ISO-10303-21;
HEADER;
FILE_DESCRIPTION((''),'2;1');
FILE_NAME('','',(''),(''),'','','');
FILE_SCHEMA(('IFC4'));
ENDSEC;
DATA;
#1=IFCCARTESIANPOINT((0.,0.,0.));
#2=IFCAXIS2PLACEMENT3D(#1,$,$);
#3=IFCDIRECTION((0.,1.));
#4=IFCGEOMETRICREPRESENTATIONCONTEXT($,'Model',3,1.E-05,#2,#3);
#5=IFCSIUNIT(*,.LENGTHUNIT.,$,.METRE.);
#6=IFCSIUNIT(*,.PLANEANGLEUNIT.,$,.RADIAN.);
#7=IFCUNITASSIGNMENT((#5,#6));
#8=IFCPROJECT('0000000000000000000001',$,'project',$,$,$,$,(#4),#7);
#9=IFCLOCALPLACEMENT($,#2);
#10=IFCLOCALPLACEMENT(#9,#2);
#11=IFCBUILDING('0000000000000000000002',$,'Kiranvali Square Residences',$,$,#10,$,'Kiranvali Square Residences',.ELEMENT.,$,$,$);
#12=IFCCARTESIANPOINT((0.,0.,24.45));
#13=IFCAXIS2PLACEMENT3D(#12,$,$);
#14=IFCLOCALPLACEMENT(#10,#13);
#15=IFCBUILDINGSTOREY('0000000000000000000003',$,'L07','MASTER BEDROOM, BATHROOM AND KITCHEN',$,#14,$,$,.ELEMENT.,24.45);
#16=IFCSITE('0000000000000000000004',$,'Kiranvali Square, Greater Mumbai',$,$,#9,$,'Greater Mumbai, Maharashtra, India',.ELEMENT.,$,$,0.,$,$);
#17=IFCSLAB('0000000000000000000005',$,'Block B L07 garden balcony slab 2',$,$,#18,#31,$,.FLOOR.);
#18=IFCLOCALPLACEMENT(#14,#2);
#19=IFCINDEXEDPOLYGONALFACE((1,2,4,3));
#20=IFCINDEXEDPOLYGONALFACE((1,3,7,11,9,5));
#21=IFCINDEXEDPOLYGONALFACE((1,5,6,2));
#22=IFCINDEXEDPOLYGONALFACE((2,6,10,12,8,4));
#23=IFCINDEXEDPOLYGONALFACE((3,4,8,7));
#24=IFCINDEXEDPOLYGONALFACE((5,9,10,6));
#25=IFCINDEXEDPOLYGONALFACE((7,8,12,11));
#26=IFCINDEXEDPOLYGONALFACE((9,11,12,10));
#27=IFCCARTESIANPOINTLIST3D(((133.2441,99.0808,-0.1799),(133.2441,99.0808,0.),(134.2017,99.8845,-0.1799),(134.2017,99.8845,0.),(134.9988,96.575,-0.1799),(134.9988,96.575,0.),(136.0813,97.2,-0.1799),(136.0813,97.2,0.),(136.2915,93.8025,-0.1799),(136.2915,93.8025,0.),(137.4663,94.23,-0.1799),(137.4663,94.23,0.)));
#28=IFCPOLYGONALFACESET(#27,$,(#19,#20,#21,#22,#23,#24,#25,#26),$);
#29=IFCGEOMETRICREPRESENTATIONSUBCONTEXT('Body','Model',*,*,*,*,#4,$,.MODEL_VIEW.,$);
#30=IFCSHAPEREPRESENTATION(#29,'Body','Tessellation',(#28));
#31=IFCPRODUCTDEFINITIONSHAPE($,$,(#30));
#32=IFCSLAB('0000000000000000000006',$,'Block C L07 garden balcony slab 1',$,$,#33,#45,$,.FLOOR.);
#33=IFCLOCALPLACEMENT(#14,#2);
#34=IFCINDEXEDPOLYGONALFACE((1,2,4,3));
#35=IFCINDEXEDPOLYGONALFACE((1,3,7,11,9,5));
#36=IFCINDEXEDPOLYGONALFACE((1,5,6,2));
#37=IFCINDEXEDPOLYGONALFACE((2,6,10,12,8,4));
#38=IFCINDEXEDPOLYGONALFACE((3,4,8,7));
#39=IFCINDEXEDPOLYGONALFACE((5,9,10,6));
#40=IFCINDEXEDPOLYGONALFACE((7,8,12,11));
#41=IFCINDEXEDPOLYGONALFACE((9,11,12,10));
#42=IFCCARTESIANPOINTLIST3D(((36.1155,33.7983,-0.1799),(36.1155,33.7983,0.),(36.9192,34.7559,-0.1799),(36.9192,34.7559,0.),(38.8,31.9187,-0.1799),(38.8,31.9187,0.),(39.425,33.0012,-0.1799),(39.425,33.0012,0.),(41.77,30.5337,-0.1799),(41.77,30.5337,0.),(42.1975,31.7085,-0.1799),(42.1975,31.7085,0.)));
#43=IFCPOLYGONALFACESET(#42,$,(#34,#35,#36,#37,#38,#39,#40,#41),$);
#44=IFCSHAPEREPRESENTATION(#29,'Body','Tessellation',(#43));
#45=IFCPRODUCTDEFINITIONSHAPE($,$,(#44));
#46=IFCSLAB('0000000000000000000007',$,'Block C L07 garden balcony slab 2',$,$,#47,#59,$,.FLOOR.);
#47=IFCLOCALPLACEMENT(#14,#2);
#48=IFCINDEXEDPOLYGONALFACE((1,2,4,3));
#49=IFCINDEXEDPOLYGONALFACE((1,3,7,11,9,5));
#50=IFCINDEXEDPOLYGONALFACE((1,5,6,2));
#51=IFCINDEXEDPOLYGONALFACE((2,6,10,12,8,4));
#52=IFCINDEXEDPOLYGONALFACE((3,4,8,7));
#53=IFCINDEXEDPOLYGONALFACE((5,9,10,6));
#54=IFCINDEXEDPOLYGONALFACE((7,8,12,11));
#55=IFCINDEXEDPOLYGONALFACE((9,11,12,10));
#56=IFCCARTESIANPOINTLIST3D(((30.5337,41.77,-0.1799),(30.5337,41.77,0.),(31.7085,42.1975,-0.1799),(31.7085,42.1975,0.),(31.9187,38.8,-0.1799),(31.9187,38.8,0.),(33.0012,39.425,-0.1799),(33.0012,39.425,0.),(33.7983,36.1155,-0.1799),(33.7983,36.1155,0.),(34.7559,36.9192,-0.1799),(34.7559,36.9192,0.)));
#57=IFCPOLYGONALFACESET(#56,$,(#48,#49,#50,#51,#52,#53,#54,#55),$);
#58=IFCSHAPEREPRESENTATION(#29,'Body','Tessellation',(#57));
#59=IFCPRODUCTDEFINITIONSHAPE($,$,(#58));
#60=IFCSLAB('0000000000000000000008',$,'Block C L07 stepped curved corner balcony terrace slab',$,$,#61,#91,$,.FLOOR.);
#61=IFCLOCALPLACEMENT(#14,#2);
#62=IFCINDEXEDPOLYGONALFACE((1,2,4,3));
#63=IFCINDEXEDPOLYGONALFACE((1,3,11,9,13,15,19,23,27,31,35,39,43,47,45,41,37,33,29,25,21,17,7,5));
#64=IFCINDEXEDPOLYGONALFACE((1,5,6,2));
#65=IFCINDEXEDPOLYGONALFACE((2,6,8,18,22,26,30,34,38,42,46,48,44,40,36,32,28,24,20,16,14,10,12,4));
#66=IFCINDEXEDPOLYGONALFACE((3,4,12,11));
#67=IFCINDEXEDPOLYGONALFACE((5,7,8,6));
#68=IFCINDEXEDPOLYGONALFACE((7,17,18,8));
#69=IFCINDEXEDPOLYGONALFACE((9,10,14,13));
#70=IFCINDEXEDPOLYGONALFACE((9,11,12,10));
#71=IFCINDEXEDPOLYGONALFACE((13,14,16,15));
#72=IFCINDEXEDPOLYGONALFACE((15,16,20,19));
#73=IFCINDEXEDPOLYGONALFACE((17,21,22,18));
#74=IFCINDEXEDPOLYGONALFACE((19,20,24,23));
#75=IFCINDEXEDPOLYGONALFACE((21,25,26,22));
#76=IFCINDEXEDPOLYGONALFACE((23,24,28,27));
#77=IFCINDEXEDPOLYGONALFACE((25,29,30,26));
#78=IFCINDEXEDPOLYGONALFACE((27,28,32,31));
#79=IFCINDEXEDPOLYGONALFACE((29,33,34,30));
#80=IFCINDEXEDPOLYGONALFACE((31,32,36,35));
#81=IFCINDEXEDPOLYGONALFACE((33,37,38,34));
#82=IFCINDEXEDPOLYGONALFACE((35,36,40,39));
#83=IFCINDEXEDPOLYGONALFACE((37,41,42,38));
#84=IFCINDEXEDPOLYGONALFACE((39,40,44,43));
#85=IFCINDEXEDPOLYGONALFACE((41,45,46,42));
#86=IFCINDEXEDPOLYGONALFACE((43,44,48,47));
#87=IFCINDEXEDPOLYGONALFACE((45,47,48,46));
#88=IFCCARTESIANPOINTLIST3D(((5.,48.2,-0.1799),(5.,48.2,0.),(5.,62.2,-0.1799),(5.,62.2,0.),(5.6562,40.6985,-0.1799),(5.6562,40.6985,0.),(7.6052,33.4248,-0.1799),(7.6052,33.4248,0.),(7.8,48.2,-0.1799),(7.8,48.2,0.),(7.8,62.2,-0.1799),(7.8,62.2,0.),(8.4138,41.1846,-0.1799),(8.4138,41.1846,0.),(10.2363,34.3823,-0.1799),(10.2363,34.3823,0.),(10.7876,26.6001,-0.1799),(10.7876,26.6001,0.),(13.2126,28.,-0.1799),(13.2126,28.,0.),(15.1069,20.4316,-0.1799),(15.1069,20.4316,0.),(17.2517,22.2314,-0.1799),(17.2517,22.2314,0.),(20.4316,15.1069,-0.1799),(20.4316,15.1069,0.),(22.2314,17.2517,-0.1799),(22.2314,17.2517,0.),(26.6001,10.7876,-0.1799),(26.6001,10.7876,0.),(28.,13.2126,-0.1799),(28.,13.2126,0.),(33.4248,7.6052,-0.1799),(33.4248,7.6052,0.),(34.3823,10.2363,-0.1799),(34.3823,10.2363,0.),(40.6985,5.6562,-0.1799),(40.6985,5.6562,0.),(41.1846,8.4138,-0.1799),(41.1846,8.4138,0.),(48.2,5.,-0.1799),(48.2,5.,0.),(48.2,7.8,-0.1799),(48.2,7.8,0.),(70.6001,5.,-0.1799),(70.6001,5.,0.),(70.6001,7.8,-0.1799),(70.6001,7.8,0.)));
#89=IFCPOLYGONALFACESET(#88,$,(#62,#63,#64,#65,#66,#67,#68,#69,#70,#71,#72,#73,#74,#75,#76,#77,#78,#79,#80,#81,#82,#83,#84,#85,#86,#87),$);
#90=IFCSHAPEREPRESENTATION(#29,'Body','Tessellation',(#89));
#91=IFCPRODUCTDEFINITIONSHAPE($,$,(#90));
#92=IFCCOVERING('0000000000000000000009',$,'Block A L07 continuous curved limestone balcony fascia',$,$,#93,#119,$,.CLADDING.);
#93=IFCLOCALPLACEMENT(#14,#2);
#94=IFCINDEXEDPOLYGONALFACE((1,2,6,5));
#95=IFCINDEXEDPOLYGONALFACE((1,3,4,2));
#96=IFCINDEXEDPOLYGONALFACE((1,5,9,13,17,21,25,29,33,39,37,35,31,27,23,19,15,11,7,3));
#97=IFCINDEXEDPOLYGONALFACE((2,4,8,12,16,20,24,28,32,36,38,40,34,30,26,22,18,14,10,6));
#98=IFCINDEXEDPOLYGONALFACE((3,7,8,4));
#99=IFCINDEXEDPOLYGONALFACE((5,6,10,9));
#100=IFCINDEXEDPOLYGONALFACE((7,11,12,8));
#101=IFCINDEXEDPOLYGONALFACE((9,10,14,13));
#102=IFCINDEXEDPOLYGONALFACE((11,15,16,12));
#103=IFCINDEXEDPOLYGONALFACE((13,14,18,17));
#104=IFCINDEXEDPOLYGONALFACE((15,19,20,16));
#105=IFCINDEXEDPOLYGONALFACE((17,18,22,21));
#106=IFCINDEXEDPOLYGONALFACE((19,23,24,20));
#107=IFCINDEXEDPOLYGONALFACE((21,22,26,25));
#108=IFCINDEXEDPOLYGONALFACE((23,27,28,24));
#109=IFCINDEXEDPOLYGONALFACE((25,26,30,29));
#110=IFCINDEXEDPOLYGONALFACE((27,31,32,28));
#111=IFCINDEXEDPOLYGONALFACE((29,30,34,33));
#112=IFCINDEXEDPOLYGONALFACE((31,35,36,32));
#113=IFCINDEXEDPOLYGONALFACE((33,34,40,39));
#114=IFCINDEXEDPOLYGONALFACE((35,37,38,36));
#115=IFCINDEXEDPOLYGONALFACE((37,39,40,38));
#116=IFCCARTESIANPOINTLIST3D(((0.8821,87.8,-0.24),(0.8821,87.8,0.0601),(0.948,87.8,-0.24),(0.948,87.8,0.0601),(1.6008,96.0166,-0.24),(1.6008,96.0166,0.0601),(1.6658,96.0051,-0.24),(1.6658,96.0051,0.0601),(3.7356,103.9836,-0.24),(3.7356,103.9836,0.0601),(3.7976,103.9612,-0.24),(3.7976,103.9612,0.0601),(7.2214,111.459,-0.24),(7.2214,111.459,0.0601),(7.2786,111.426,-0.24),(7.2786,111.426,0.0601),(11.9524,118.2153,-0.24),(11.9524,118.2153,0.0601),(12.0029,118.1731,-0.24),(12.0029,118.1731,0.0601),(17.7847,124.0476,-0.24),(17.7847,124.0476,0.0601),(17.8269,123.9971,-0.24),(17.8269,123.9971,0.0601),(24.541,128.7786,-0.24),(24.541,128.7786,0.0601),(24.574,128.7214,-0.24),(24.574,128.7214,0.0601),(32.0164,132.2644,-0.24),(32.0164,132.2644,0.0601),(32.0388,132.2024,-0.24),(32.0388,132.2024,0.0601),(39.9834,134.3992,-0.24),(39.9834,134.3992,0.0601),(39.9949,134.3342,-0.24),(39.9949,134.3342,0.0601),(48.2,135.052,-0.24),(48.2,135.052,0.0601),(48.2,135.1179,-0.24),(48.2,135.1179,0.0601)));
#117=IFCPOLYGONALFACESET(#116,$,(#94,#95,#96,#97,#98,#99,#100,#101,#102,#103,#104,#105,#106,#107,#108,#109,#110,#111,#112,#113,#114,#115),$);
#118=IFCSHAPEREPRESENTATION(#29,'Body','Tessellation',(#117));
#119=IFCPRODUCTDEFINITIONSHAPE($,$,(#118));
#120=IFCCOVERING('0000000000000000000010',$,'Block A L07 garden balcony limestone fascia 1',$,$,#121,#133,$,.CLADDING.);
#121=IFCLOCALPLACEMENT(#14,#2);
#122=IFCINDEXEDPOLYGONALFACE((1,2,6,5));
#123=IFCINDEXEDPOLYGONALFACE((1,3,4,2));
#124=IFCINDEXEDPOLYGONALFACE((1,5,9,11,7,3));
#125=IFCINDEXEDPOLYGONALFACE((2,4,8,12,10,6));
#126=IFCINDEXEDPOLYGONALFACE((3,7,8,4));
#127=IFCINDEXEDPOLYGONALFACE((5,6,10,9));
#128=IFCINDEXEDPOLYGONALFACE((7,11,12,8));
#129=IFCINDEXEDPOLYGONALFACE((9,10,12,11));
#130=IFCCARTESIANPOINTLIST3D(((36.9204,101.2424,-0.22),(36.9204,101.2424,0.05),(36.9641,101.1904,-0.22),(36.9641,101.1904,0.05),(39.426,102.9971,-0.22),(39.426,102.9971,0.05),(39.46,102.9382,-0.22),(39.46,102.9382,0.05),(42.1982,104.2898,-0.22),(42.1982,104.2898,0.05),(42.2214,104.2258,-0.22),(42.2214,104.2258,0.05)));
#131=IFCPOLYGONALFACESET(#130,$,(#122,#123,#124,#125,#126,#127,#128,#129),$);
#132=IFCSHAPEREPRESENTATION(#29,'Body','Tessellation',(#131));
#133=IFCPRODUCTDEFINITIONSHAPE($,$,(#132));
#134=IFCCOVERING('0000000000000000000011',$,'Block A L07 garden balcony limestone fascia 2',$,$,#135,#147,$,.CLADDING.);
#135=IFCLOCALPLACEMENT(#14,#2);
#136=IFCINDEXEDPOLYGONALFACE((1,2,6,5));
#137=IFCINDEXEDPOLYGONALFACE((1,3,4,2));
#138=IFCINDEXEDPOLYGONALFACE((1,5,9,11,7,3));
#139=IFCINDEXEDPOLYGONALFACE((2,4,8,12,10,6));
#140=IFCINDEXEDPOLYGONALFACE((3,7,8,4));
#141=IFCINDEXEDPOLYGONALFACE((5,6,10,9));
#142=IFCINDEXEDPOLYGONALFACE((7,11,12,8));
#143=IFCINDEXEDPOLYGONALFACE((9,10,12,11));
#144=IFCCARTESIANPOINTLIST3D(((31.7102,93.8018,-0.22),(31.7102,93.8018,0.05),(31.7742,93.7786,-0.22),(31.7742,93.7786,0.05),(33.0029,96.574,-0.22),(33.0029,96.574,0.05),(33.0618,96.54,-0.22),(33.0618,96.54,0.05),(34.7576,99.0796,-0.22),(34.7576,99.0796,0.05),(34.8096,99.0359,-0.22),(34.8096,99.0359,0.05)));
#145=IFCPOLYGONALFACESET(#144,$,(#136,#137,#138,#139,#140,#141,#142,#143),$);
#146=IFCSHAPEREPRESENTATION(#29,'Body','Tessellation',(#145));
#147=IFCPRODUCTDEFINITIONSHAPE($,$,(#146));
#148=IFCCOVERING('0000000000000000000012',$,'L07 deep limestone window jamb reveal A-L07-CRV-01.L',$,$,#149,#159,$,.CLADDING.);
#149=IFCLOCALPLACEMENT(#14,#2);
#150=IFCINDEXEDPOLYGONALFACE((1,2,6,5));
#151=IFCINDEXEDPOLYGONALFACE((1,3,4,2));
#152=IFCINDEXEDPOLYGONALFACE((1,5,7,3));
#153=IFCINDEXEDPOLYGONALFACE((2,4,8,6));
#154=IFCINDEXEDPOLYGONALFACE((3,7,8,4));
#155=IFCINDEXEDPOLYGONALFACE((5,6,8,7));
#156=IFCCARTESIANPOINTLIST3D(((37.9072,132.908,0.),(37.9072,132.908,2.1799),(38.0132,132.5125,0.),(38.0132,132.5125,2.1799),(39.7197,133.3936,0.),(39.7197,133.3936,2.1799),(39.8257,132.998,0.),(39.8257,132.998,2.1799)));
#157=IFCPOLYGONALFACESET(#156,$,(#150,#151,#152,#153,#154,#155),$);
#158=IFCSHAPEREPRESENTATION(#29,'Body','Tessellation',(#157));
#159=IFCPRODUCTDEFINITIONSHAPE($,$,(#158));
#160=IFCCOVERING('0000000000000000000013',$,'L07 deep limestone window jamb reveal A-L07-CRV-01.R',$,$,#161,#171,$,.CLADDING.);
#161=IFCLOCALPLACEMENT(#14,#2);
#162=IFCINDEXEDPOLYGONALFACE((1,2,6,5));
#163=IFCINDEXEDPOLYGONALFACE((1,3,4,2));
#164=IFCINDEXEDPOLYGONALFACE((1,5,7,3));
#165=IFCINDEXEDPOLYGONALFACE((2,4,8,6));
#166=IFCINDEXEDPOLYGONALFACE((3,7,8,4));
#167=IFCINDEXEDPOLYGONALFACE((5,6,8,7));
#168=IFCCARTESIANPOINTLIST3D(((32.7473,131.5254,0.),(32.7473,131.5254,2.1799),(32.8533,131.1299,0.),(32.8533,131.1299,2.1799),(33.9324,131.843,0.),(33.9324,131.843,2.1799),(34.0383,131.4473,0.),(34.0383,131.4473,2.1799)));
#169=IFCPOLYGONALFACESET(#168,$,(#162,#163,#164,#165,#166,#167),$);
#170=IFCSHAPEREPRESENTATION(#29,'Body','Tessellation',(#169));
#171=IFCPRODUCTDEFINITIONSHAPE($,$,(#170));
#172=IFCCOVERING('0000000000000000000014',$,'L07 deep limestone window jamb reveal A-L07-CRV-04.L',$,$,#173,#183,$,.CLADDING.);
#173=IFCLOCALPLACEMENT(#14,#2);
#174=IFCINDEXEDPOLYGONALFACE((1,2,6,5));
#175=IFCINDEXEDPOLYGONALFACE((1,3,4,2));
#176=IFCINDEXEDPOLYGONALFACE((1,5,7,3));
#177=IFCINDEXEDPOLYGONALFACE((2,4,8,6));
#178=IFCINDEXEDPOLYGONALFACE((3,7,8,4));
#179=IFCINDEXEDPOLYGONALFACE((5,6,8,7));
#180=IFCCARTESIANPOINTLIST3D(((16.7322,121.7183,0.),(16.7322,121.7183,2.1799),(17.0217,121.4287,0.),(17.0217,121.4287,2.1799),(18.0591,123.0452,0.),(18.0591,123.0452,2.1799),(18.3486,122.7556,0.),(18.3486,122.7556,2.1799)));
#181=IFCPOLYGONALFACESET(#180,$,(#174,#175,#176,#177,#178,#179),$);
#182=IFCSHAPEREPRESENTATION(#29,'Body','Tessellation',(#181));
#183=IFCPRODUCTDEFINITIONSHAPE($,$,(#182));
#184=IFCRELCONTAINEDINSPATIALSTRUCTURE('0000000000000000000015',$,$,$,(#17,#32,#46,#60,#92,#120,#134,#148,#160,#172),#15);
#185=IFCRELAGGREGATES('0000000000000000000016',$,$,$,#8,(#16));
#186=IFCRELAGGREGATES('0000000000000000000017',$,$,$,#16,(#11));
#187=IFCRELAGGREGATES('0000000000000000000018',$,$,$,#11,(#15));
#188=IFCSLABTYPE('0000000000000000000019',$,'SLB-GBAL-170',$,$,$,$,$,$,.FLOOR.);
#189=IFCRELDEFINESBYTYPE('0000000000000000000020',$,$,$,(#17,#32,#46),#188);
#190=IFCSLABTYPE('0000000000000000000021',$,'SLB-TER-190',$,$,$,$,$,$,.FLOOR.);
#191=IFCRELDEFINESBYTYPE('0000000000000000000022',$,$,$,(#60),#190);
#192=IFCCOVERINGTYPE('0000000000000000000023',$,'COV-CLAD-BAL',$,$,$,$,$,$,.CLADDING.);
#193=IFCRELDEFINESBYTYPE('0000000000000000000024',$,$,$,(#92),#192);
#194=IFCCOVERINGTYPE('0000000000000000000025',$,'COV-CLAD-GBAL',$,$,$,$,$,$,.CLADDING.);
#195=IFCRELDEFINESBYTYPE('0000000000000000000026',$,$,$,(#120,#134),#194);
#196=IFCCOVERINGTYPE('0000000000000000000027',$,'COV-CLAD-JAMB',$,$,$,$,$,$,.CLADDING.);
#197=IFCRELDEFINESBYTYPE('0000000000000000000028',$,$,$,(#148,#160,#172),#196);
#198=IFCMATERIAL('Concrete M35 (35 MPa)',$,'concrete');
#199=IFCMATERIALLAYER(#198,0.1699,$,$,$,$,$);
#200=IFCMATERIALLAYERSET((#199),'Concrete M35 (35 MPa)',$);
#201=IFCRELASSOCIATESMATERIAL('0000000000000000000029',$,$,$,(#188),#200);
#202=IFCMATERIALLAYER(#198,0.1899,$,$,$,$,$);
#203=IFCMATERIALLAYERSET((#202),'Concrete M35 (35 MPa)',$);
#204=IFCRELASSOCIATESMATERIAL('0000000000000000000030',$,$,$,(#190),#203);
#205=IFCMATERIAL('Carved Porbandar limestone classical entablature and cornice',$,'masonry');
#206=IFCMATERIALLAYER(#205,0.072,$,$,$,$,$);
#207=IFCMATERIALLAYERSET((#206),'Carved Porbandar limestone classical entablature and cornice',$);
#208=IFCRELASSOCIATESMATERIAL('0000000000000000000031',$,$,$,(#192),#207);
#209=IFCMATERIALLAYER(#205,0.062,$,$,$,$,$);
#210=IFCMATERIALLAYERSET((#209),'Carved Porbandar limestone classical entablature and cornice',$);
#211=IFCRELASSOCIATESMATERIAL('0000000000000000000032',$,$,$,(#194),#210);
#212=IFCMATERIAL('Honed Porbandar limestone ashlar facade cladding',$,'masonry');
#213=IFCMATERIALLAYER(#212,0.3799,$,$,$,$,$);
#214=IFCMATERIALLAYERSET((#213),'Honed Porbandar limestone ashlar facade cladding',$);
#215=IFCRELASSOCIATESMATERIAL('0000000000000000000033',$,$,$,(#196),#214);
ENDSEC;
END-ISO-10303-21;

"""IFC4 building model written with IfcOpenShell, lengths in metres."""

from ifc_helpers import new_model, si_unit, direction, frame, origin, place, context, subcontext, project, spatial, polyline, outline, extrude, material, layer, layer_set, type_object, element, save


model = new_model("IFC4")

# Units and contexts
model_context = context("Model", 3, precision=1e-05, world=origin(), true_north=direction((0.0, 1.0)))
body_context = subcontext(model_context, "Body", "Model", "MODEL_VIEW")
ifc_project = project(units=[si_unit("LENGTHUNIT", "METRE"), si_unit("PLANEANGLEUNIT", "RADIAN")], contexts=[model_context])

# Site, building, storey
site_placement = place(None, origin())
site = spatial("IfcSite", under=ifc_project, at=site_placement, Name="Kiranvali Square, Greater Mumbai", LongName="Greater Mumbai, Maharashtra, India", CompositionType="ELEMENT", RefElevation=0.0)
building_placement = place(site_placement, origin())
building = spatial("IfcBuilding", under=site, at=building_placement, Name="Kiranvali Square Residences", LongName="Kiranvali Square Residences", CompositionType="ELEMENT")
storey_placement = place(building_placement, frame((0.0, 0.0, 24.45)))
storey = spatial("IfcBuildingStorey", under=building, at=storey_placement, Name="L07", Description="MASTER BEDROOM, BATHROOM AND KITCHEN", CompositionType="ELEMENT", Elevation=24.45)

# Slabs
ifc_material_1 = material(Name="Concrete M35 (35 MPa)", Category="concrete")
ifc_layer_1 = layer(ifc_material_1, 0.1699)
ifc_layer_set_1 = layer_set([ifc_layer_1], Name="Concrete M35 (35 MPa)")
slab_type_1 = type_object("IfcSlabType", Name="SLB-GBAL-170", PredefinedType="FLOOR", material=ifc_layer_set_1)
slab_1_placement = place(storey_placement, frame((0.0, 0.0, -0.1799)))
element("IfcSlab", 1, at=slab_1_placement, inside=storey, type_object=slab_type_1, Name="Block B L07 garden balcony slab 2", PredefinedType="FLOOR", context=body_context, shape_type="SweptSolid", body=[
    extrude(outline(polyline([(133.2441, 99.0808), (134.9988, 96.575), (136.2915, 93.8025), (137.4663, 94.23), (136.0813, 97.2), (134.2017, 99.8845), (133.2441, 99.0808)])), origin(), (0.0, 0.0, 1.0), 0.1799),
])
slab_2_placement = place(storey_placement, frame((0.0, 0.0, -0.1799)))
element("IfcSlab", 2, at=slab_2_placement, inside=storey, type_object=slab_type_1, Name="Block C L07 garden balcony slab 1", PredefinedType="FLOOR", context=body_context, shape_type="SweptSolid", body=[
    extrude(outline(polyline([(42.1975, 31.7085), (39.425, 33.0012), (36.9192, 34.7559), (36.1155, 33.7983), (38.8, 31.9187), (41.77, 30.5337), (42.1975, 31.7085)])), origin(), (0.0, 0.0, 1.0), 0.1799),
])
slab_3_placement = place(storey_placement, frame((0.0, 0.0, -0.1799)))
element("IfcSlab", 3, at=slab_3_placement, inside=storey, type_object=slab_type_1, Name="Block C L07 garden balcony slab 2", PredefinedType="FLOOR", context=body_context, shape_type="SweptSolid", body=[
    extrude(outline(polyline([(34.7559, 36.9192), (33.0012, 39.425), (31.7085, 42.1975), (30.5337, 41.77), (31.9187, 38.8), (33.7983, 36.1155), (34.7559, 36.9192)])), origin(), (0.0, 0.0, 1.0), 0.1799),
])
ifc_layer_2 = layer(ifc_material_1, 0.1899)
ifc_layer_set_2 = layer_set([ifc_layer_2], Name="Concrete M35 (35 MPa)")
slab_type_2 = type_object("IfcSlabType", Name="SLB-TER-190", PredefinedType="FLOOR", material=ifc_layer_set_2)
slab_4_placement = place(storey_placement, frame((0.0, 0.0, -0.1799)))
element("IfcSlab", 4, at=slab_4_placement, inside=storey, type_object=slab_type_2, Name="Block C L07 stepped curved corner balcony terrace slab", PredefinedType="FLOOR", context=body_context, shape_type="SweptSolid", body=[
    extrude(outline(polyline([(70.6001, 7.8), (48.2, 7.8), (41.1846, 8.4138), (34.3823, 10.2363), (28.0, 13.2126), (22.2314, 17.2517), (17.2517, 22.2314), (13.2126, 28.0), (10.2363, 34.3823), (8.4138, 41.1846), (7.8, 48.2), (7.8, 62.2), (5.0, 62.2), (5.0, 48.2), (5.6562, 40.6985), (7.6052, 33.4248), (10.7876, 26.6001), (15.1069, 20.4316), (20.4316, 15.1069), (26.6001, 10.7876), (33.4248, 7.6052), (40.6985, 5.6562), (48.2, 5.0), (70.6001, 5.0), (70.6001, 7.8)])), origin(), (0.0, 0.0, 1.0), 0.1799),
])

# Coverings
ifc_material_2 = material(Name="Carved Porbandar limestone classical entablature and cornice", Category="masonry")
ifc_layer_3 = layer(ifc_material_2, 0.072)
ifc_layer_set_3 = layer_set([ifc_layer_3], Name="Carved Porbandar limestone classical entablature and cornice")
covering_type_1 = type_object("IfcCoveringType", Name="COV-CLAD-BAL", PredefinedType="CLADDING", material=ifc_layer_set_3)
covering_1_placement = place(storey_placement, frame((0.0, 0.0, -0.24)))
element("IfcCovering", 5, at=covering_1_placement, inside=storey, type_object=covering_type_1, Name="Block A L07 continuous curved limestone balcony fascia", PredefinedType="CLADDING", context=body_context, shape_type="SweptSolid", body=[
    extrude(outline(polyline([(48.2, 135.1179), (39.9834, 134.3992), (32.0164, 132.2644), (24.541, 128.7786), (17.7847, 124.0476), (11.9524, 118.2153), (7.2214, 111.459), (3.7356, 103.9836), (1.6008, 96.0166), (0.8821, 87.8), (0.948, 87.8), (1.6658, 96.0051), (3.7976, 103.9612), (7.2786, 111.426), (12.0029, 118.1731), (17.8269, 123.9971), (24.574, 128.7214), (32.0388, 132.2024), (39.9949, 134.3342), (48.2, 135.052), (48.2, 135.1179)])), origin(), (0.0, 0.0, 1.0), 0.3),
])
ifc_layer_4 = layer(ifc_material_2, 0.062)
ifc_layer_set_4 = layer_set([ifc_layer_4], Name="Carved Porbandar limestone classical entablature and cornice")
covering_type_2 = type_object("IfcCoveringType", Name="COV-CLAD-GBAL", PredefinedType="CLADDING", material=ifc_layer_set_4)
covering_2_placement = place(storey_placement, frame((0.0, 0.0, -0.22)))
element("IfcCovering", 6, at=covering_2_placement, inside=storey, type_object=covering_type_2, Name="Block A L07 garden balcony limestone fascia 1", PredefinedType="CLADDING", context=body_context, shape_type="SweptSolid", body=[
    extrude(outline(polyline([(42.1982, 104.2898), (39.426, 102.9971), (36.9204, 101.2424), (36.9641, 101.1904), (39.46, 102.9382), (42.2214, 104.2258), (42.1982, 104.2898)])), origin(), (0.0, 0.0, 1.0), 0.27),
])
covering_3_placement = place(storey_placement, frame((0.0, 0.0, -0.22)))
element("IfcCovering", 7, at=covering_3_placement, inside=storey, type_object=covering_type_2, Name="Block A L07 garden balcony limestone fascia 2", PredefinedType="CLADDING", context=body_context, shape_type="SweptSolid", body=[
    extrude(outline(polyline([(34.7576, 99.0796), (33.0029, 96.574), (31.7102, 93.8018), (31.7742, 93.7786), (33.0618, 96.54), (34.8096, 99.0359), (34.7576, 99.0796)])), origin(), (0.0, 0.0, 1.0), 0.27),
])
ifc_material_3 = material(Name="Honed Porbandar limestone ashlar facade cladding", Category="masonry")
ifc_layer_5 = layer(ifc_material_3, 0.3799)
ifc_layer_set_5 = layer_set([ifc_layer_5], Name="Honed Porbandar limestone ashlar facade cladding")
covering_type_3 = type_object("IfcCoveringType", Name="COV-CLAD-JAMB", PredefinedType="CLADDING", material=ifc_layer_set_5)
covering_4_placement = place(storey_placement, origin())
element("IfcCovering", 8, at=covering_4_placement, inside=storey, type_object=covering_type_3, Name="L07 deep limestone window jamb reveal A-L07-CRV-01.L", PredefinedType="CLADDING", context=body_context, shape_type="SweptSolid", body=[
    extrude(outline(polyline([(39.7197, 133.3936), (37.9072, 132.908), (38.0132, 132.5125), (39.8257, 132.998), (39.7197, 133.3936)])), origin(), (0.0, 0.0, 1.0), 2.1799),
])
covering_5_placement = place(storey_placement, origin())
element("IfcCovering", 9, at=covering_5_placement, inside=storey, type_object=covering_type_3, Name="L07 deep limestone window jamb reveal A-L07-CRV-01.R", PredefinedType="CLADDING", context=body_context, shape_type="SweptSolid", body=[
    extrude(outline(polyline([(33.9324, 131.843), (32.7473, 131.5254), (32.8533, 131.1299), (34.0383, 131.4473), (33.9324, 131.843)])), origin(), (0.0, 0.0, 1.0), 2.1799),
])
covering_6_placement = place(storey_placement, origin())
element("IfcCovering", 10, at=covering_6_placement, inside=storey, type_object=covering_type_3, Name="L07 deep limestone window jamb reveal A-L07-CRV-04.L", PredefinedType="CLADDING", context=body_context, shape_type="SweptSolid", body=[
    extrude(outline(polyline([(18.0591, 123.0452), (16.7322, 121.7183), (17.0217, 121.4287), (18.3486, 122.7556), (18.0591, 123.0452)])), origin(), (0.0, 0.0, 1.0), 2.1799),
])

save(model, "model.ifc")
